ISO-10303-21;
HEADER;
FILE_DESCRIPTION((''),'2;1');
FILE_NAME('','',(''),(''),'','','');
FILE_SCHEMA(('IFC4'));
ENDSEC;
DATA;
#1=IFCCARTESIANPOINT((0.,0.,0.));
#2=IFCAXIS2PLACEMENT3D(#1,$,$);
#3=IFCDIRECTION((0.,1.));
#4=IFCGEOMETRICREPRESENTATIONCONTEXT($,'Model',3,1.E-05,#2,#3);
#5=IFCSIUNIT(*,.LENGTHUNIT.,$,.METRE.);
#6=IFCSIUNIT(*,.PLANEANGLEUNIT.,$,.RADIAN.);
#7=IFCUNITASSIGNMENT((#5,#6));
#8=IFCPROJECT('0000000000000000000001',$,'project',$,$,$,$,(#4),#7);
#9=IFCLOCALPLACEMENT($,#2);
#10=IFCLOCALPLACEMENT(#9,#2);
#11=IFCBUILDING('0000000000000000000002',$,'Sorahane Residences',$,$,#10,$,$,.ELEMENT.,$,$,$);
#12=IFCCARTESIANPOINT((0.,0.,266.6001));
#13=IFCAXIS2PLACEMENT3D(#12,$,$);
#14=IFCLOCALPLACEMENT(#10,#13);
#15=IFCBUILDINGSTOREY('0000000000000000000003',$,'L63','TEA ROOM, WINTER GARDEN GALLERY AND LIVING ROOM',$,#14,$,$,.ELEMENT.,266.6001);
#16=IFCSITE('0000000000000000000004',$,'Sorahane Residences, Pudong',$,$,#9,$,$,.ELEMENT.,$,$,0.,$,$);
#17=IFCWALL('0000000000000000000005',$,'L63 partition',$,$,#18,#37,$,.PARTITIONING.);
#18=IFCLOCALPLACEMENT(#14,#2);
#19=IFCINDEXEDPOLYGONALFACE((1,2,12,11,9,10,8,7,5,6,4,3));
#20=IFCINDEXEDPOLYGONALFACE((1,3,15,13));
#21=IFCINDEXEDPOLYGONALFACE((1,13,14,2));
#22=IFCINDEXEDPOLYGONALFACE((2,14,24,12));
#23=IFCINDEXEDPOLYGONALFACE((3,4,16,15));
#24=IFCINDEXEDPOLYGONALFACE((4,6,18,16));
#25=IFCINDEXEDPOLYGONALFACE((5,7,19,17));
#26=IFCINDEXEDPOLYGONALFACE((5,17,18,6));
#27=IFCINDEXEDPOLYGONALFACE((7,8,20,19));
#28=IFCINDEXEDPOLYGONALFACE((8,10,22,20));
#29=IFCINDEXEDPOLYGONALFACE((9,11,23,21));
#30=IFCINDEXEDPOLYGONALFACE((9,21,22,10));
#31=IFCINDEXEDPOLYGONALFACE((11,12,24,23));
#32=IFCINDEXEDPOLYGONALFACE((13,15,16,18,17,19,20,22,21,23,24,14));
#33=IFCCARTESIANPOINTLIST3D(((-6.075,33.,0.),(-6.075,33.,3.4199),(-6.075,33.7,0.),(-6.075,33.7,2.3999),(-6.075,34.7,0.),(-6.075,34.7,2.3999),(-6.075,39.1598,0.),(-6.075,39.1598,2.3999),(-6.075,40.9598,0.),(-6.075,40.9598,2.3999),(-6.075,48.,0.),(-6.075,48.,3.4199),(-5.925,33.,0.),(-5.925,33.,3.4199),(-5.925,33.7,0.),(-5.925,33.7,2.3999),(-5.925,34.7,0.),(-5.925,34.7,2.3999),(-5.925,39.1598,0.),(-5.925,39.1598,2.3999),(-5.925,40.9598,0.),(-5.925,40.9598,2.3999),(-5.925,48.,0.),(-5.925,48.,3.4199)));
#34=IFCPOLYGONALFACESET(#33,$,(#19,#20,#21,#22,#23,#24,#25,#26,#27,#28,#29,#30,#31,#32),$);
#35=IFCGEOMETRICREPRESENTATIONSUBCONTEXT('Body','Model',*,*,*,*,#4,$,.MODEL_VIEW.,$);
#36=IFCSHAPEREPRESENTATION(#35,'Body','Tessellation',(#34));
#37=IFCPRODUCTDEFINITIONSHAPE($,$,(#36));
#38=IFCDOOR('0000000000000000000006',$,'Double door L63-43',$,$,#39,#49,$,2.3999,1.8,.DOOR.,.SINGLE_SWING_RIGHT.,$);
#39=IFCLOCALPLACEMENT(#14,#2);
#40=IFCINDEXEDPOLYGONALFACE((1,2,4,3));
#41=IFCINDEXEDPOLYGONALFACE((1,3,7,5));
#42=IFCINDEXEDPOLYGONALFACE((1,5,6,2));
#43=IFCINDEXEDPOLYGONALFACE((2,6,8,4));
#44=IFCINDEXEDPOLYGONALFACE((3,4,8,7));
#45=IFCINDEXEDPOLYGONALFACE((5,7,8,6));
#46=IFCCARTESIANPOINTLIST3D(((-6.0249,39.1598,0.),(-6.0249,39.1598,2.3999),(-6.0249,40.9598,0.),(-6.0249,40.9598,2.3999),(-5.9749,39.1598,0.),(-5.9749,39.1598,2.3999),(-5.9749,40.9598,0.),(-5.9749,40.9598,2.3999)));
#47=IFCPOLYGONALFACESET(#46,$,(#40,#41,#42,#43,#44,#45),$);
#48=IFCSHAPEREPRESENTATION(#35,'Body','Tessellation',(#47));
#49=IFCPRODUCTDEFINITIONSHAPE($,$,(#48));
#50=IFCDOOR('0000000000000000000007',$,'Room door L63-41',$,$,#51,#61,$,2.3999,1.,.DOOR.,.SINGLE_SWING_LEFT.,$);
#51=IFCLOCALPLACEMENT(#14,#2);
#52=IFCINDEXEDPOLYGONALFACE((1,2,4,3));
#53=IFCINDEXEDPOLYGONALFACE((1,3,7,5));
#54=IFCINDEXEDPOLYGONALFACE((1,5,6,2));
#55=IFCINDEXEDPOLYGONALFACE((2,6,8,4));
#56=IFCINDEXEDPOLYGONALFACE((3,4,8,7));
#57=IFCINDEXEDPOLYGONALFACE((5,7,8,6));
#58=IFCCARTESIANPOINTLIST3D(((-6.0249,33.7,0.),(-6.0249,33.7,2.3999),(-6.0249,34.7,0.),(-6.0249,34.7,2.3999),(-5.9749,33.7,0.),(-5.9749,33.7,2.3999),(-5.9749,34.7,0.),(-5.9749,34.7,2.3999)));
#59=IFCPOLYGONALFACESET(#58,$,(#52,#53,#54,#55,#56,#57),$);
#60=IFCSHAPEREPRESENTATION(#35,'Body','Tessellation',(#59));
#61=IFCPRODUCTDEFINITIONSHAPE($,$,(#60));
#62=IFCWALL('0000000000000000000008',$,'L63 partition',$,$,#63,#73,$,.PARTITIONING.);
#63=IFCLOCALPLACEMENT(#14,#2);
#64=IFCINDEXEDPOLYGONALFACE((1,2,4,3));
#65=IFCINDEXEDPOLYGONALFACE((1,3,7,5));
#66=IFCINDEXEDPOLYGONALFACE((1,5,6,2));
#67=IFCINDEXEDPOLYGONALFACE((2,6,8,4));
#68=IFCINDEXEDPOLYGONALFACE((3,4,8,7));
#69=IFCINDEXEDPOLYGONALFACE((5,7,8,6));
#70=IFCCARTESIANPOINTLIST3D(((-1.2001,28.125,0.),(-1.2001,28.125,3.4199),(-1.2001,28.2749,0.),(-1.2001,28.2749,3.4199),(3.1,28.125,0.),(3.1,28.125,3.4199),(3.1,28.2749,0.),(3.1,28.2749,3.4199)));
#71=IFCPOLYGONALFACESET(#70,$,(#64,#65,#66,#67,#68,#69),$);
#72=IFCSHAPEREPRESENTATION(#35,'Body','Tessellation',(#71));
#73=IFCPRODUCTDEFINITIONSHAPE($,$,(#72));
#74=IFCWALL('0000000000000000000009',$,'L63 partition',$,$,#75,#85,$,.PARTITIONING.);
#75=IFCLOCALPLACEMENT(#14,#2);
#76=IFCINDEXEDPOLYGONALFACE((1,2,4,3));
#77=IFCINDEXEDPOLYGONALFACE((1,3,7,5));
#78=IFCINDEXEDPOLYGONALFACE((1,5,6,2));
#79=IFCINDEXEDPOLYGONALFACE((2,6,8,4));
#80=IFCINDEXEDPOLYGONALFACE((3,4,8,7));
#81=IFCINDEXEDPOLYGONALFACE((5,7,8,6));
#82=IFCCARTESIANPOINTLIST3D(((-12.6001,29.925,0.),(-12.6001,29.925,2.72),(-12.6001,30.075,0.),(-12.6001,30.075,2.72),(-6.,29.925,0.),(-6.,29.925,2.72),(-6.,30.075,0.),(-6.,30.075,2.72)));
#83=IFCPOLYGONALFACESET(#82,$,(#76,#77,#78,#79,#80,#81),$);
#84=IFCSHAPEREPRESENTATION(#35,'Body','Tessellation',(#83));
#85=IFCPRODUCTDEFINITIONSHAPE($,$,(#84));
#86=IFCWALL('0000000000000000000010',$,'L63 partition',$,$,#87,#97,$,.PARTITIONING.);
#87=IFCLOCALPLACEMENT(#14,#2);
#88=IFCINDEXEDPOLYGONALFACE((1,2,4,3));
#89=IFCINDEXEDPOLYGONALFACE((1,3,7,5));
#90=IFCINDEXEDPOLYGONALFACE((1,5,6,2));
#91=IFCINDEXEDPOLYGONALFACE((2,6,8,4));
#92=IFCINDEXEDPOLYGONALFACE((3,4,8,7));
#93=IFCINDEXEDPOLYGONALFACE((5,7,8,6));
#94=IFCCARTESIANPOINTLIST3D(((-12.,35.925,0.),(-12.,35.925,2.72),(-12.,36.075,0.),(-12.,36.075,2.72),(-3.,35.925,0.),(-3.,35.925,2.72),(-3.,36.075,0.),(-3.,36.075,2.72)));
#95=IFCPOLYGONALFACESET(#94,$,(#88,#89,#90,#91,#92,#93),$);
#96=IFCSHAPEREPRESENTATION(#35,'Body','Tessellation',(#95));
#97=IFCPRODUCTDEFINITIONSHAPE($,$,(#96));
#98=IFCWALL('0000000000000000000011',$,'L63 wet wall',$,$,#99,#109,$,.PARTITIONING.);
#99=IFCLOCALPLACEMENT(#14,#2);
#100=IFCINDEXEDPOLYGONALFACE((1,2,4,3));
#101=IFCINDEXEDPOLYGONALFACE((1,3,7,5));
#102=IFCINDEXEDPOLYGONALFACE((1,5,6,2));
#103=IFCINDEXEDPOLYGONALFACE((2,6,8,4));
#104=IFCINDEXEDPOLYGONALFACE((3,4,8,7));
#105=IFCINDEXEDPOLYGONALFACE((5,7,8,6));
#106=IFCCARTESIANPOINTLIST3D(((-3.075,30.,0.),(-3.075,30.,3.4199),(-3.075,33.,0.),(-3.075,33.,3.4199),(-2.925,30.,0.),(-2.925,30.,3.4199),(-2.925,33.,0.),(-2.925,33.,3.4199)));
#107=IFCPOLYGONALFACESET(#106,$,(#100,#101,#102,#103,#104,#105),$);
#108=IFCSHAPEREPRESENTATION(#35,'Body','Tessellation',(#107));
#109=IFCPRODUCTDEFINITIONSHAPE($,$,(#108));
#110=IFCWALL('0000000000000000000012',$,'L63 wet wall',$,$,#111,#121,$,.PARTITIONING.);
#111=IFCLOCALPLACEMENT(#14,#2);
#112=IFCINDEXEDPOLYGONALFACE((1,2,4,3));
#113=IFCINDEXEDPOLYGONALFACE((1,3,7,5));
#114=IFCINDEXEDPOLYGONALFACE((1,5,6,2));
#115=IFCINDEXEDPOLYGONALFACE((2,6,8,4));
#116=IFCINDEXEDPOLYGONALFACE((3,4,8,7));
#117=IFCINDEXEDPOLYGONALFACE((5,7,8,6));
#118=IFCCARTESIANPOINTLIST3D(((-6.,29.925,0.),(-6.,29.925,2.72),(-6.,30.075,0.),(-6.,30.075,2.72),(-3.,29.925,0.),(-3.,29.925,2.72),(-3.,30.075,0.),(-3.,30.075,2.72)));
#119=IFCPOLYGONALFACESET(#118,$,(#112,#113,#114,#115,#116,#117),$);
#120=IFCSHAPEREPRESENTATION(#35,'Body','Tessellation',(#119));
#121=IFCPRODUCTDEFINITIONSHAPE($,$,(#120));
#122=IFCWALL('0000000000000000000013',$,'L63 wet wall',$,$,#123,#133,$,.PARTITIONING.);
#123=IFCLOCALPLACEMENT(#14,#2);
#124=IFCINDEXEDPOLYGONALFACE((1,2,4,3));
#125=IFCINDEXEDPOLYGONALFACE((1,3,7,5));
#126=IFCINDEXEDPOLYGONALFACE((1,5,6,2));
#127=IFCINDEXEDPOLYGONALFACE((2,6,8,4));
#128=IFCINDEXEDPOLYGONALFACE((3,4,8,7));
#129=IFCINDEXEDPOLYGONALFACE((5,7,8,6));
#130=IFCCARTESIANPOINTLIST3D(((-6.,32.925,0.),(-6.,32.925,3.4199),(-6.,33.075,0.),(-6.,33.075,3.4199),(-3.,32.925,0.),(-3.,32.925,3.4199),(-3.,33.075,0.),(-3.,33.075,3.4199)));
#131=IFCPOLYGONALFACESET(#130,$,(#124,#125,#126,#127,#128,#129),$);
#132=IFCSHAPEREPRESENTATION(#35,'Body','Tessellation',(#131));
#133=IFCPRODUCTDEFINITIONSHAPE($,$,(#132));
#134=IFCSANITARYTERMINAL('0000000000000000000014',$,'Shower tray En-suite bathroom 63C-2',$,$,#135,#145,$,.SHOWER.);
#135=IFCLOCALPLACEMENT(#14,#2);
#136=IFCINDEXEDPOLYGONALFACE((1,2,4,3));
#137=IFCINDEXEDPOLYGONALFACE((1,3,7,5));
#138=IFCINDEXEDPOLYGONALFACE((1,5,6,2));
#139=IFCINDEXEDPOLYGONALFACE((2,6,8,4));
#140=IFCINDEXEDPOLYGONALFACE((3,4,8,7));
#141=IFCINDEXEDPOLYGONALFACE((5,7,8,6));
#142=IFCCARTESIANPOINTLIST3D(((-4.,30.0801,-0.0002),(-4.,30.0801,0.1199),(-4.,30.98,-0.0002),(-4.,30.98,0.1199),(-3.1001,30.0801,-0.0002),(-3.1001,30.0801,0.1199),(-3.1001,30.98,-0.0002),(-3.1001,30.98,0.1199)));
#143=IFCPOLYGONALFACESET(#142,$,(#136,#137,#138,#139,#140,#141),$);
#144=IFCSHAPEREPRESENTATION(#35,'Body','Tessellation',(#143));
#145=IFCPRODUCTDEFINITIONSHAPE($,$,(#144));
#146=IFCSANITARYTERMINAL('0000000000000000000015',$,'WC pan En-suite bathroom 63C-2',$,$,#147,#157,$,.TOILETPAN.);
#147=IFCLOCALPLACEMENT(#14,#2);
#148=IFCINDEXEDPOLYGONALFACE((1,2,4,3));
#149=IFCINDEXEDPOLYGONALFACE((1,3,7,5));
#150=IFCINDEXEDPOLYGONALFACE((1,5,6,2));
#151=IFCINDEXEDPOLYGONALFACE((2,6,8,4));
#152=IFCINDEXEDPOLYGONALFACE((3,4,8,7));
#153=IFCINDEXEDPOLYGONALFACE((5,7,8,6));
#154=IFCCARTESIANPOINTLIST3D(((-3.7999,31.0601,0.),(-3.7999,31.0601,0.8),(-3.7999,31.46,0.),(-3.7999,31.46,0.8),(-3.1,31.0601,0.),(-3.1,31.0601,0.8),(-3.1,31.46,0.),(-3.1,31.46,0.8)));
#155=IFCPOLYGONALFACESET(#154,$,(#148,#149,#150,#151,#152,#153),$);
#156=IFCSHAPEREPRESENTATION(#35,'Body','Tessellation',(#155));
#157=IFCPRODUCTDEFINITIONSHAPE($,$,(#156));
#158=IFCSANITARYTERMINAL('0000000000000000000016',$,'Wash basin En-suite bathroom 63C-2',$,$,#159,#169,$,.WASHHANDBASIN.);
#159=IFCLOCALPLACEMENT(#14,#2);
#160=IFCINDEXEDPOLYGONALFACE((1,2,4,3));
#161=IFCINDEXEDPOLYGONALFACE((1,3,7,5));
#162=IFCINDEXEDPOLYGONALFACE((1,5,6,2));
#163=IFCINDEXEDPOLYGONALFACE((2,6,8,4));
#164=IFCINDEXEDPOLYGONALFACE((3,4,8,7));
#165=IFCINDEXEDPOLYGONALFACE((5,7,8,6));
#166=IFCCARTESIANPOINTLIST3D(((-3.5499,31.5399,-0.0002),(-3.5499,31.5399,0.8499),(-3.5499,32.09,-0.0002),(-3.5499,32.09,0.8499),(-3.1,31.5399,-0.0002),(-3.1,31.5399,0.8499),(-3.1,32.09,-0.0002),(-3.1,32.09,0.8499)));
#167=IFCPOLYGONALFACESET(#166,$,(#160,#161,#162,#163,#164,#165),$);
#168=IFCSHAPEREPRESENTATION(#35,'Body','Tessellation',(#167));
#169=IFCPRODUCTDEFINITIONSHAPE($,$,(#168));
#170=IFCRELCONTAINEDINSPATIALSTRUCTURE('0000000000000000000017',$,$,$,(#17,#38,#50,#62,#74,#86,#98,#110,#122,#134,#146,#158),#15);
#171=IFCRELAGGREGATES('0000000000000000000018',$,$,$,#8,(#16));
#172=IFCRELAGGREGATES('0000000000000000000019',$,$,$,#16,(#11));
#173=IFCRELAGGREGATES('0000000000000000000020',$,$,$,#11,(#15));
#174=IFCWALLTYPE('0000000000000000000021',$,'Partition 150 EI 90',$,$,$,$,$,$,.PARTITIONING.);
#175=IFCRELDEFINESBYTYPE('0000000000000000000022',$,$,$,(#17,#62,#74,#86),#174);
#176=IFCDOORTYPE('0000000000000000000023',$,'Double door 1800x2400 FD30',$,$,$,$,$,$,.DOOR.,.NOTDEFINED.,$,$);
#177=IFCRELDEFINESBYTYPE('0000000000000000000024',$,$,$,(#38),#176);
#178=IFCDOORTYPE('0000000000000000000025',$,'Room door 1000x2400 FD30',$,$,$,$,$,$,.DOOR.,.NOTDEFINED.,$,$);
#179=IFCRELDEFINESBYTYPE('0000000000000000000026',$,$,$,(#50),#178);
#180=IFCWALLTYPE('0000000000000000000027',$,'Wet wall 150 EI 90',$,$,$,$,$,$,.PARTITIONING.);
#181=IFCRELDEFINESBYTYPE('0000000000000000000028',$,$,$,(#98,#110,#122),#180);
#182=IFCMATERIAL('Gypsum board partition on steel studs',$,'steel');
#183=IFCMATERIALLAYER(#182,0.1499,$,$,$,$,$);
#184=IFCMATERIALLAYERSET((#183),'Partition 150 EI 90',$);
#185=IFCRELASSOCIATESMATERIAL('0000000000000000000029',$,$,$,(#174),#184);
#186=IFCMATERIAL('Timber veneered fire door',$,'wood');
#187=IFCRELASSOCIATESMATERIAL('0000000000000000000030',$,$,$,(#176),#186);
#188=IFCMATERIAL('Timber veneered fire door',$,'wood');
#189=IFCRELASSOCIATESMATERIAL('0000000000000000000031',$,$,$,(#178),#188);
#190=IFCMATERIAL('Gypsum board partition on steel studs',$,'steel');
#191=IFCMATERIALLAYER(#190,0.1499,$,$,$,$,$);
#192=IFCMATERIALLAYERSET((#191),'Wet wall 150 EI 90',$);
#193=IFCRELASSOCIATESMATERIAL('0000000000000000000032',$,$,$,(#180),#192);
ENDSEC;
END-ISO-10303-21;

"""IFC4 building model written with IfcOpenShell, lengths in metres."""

from ifc_helpers import new_model, si_unit, direction, frame, frame_2d, origin, origin_2d, place, context, subcontext, project, spatial, rectangle, extrude, material, layer, layer_set, type_object, element, fill, save


model = new_model("IFC4")

# Units and contexts
model_context = context("Model", 3, precision=1e-05, world=origin(), true_north=direction((0.0, 1.0)))
body_context = subcontext(model_context, "Body", "Model", "MODEL_VIEW")
ifc_project = project(units=[si_unit("LENGTHUNIT", "METRE"), si_unit("PLANEANGLEUNIT", "RADIAN")], contexts=[model_context])

# Site, building, storey
site_placement = place(None, origin())
site = spatial("IfcSite", under=ifc_project, at=site_placement, Name="Sorahane Residences, Pudong", CompositionType="ELEMENT", RefElevation=0.0)
building_placement = place(site_placement, origin())
building = spatial("IfcBuilding", under=site, at=building_placement, Name="Sorahane Residences", CompositionType="ELEMENT")
storey_placement = place(building_placement, frame((0.0, 0.0, 266.6001)))
storey = spatial("IfcBuildingStorey", under=building, at=storey_placement, Name="L63", Description="TEA ROOM, WINTER GARDEN GALLERY AND LIVING ROOM", CompositionType="ELEMENT", Elevation=266.6001)

# Wall, openings, doors
ifc_material_1 = material(Name="Gypsum board partition on steel studs", Category="steel")
ifc_layer_1 = layer(ifc_material_1, 0.1499)
ifc_layer_set_1 = layer_set([ifc_layer_1], Name="Partition 150 EI 90")
wall_type_1 = type_object("IfcWallType", Name="Partition 150 EI 90", PredefinedType="PARTITIONING", material=ifc_layer_set_1)
ifc_material_2 = material(Name="Timber veneered fire door", Category="wood")
door_type_1 = type_object("IfcDoorType", Name="Double door 1800x2400 FD30", OperationType="NOTDEFINED", PredefinedType="DOOR", material=ifc_material_2)
ifc_material_3 = material(Name="Timber veneered fire door", Category="wood")
door_type_2 = type_object("IfcDoorType", Name="Room door 1000x2400 FD30", OperationType="NOTDEFINED", PredefinedType="DOOR", material=ifc_material_3)
wall_1_placement = place(storey_placement, frame((-6.0, 33.0, 0.0), z_axis=(0.0, 0.0, 1.0), x_axis=(0.0, 1.0, 0.0)))
wall_1 = element("IfcWall", 1, at=wall_1_placement, inside=storey, type_object=wall_type_1, Name="L63 partition", PredefinedType="PARTITIONING", context=body_context, shape_type="SweptSolid", body=[
    extrude(rectangle(XDim=15.0, YDim=0.1499, at=frame_2d((7.5, 0.0))), origin(), (0.0, 0.0, 1.0), 3.4199),
])
opening_1_placement = place(wall_1_placement, frame((0.7, 0.0, 0.0)))
opening_1 = element("IfcOpeningElement", 2, at=opening_1_placement, cuts=wall_1, PredefinedType="OPENING", context=body_context, shape_type="SweptSolid", body=[
    extrude(rectangle(XDim=1.0, YDim=2.3999, at=frame_2d((0.5, 1.2))), frame((0.0, 0.085, 0.0), z_axis=(0.0, -1.0, 0.0), x_axis=(1.0, 0.0, 0.0)), (0.0, 0.0, 1.0), 0.1699),
])
opening_2_placement = place(wall_1_placement, frame((6.1599, 0.0, 0.0)))
opening_2 = element("IfcOpeningElement", 3, at=opening_2_placement, cuts=wall_1, PredefinedType="OPENING", context=body_context, shape_type="SweptSolid", body=[
    extrude(rectangle(XDim=1.8, YDim=2.3999, at=frame_2d((0.8999, 1.2))), frame((0.0, 0.085, 0.0), z_axis=(0.0, -1.0, 0.0), x_axis=(1.0, 0.0, 0.0)), (0.0, 0.0, 1.0), 0.1699),
])
door_1_placement = place(opening_2_placement, origin())
door_1 = element("IfcDoor", 4, at=door_1_placement, inside=storey, type_object=door_type_1, Name="Double door L63-43", OperationType="SINGLE_SWING_RIGHT", OverallHeight=2.3999, OverallWidth=1.8, PredefinedType="DOOR", context=body_context, shape_type="SweptSolid", body=[
    extrude(rectangle(XDim=1.8, YDim=2.3999, at=frame_2d((0.8999, 1.2))), frame((0.0, 0.0249, 0.0), z_axis=(0.0, -1.0, 0.0), x_axis=(1.0, 0.0, 0.0)), (0.0, 0.0, 1.0), 0.05),
])
fill(opening_2, door_1)
door_2_placement = place(opening_1_placement, origin())
door_2 = element("IfcDoor", 5, at=door_2_placement, inside=storey, type_object=door_type_2, Name="Room door L63-41", OperationType="SINGLE_SWING_LEFT", OverallHeight=2.3999, OverallWidth=1.0, PredefinedType="DOOR", context=body_context, shape_type="SweptSolid", body=[
    extrude(rectangle(XDim=1.0, YDim=2.3999, at=frame_2d((0.5, 1.2))), frame((0.0, 0.0249, 0.0), z_axis=(0.0, -1.0, 0.0), x_axis=(1.0, 0.0, 0.0)), (0.0, 0.0, 1.0), 0.05),
])
fill(opening_1, door_2)

# Walls
wall_2_placement = place(storey_placement, frame((-1.2, 28.2, 0.0), z_axis=(0.0, 0.0, 1.0), x_axis=(1.0, 0.0, 0.0)))
element("IfcWall", 6, at=wall_2_placement, inside=storey, type_object=wall_type_1, Name="L63 partition", PredefinedType="PARTITIONING", context=body_context, shape_type="SweptSolid", body=[
    extrude(rectangle(XDim=4.3, YDim=0.1499, at=frame_2d((2.1499, 0.0))), origin(), (0.0, 0.0, 1.0), 3.4199),
])
wall_3_placement = place(storey_placement, frame((-12.6001, 30.0, 0.0), z_axis=(0.0, 0.0, 1.0), x_axis=(1.0, 0.0, 0.0)))
element("IfcWall", 7, at=wall_3_placement, inside=storey, type_object=wall_type_1, Name="L63 partition", PredefinedType="PARTITIONING", context=body_context, shape_type="SweptSolid", body=[
    extrude(rectangle(XDim=6.6001, YDim=0.1499, at=frame_2d((3.3, 0.0))), origin(), (0.0, 0.0, 1.0), 2.72),
])
wall_4_placement = place(storey_placement, frame((-12.0, 36.0, 0.0), z_axis=(0.0, 0.0, 1.0), x_axis=(1.0, 0.0, 0.0)))
element("IfcWall", 8, at=wall_4_placement, inside=storey, type_object=wall_type_1, Name="L63 partition", PredefinedType="PARTITIONING", context=body_context, shape_type="SweptSolid", body=[
    extrude(rectangle(XDim=9.0, YDim=0.1499, at=frame_2d((4.5, 0.0))), origin(), (0.0, 0.0, 1.0), 2.72),
])
ifc_material_4 = material(Name="Gypsum board partition on steel studs", Category="steel")
ifc_layer_2 = layer(ifc_material_4, 0.1499)
ifc_layer_set_2 = layer_set([ifc_layer_2], Name="Wet wall 150 EI 90")
wall_type_2 = type_object("IfcWallType", Name="Wet wall 150 EI 90", PredefinedType="PARTITIONING", material=ifc_layer_set_2)
wall_5_placement = place(storey_placement, frame((-3.0, 30.0, 0.0), z_axis=(0.0, 0.0, 1.0), x_axis=(0.0, 1.0, 0.0)))
element("IfcWall", 9, at=wall_5_placement, inside=storey, type_object=wall_type_2, Name="L63 wet wall", PredefinedType="PARTITIONING", context=body_context, shape_type="SweptSolid", body=[
    extrude(rectangle(XDim=3.0, YDim=0.1499, at=frame_2d((1.5, 0.0))), origin(), (0.0, 0.0, 1.0), 3.4199),
])

# Walls
wall_6_placement = place(storey_placement, frame((-6.0, 30.0, 0.0), z_axis=(0.0, 0.0, 1.0), x_axis=(1.0, 0.0, 0.0)))
element("IfcWall", 10, at=wall_6_placement, inside=storey, type_object=wall_type_2, Name="L63 wet wall", PredefinedType="PARTITIONING", context=body_context, shape_type="SweptSolid", body=[
    extrude(rectangle(XDim=3.0, YDim=0.1499, at=frame_2d((1.5, 0.0))), origin(), (0.0, 0.0, 1.0), 2.72),
])
wall_7_placement = place(storey_placement, frame((-6.0, 33.0, 0.0), z_axis=(0.0, 0.0, 1.0), x_axis=(1.0, 0.0, 0.0)))
element("IfcWall", 11, at=wall_7_placement, inside=storey, type_object=wall_type_2, Name="L63 wet wall", PredefinedType="PARTITIONING", context=body_context, shape_type="SweptSolid", body=[
    extrude(rectangle(XDim=3.0, YDim=0.1499, at=frame_2d((1.5, 0.0))), origin(), (0.0, 0.0, 1.0), 3.4199),
])

# Sanitary terminals
sanitary_terminal_1_placement = place(storey_placement, frame((-3.55, 30.53, -0.0002), z_axis=(0.0, 0.0, 1.0), x_axis=(0.0, -1.0, 0.0)))
element("IfcSanitaryTerminal", 12, at=sanitary_terminal_1_placement, inside=storey, Name="Shower tray En-suite bathroom 63C-2", PredefinedType="SHOWER", context=body_context, shape_type="SweptSolid", body=[
    extrude(rectangle(XDim=0.8999, YDim=0.8999, at=origin_2d()), origin(), (0.0, 0.0, 1.0), 0.1201),
])
sanitary_terminal_2_placement = place(storey_placement, frame((-3.45, 31.26, 0.0), z_axis=(0.0, 0.0, 1.0), x_axis=(0.0, -1.0, 0.0)))
element("IfcSanitaryTerminal", 13, at=sanitary_terminal_2_placement, inside=storey, Name="WC pan En-suite bathroom 63C-2", PredefinedType="TOILETPAN", context=body_context, shape_type="SweptSolid", body=[
    extrude(rectangle(XDim=0.3999, YDim=0.7, at=origin_2d()), origin(), (0.0, 0.0, 1.0), 0.8),
])
sanitary_terminal_3_placement = place(storey_placement, frame((-3.325, 31.8149, -0.0002), z_axis=(0.0, 0.0, 1.0), x_axis=(0.0, -1.0, 0.0)))
element("IfcSanitaryTerminal", 14, at=sanitary_terminal_3_placement, inside=storey, Name="Wash basin En-suite bathroom 63C-2", PredefinedType="WASHHANDBASIN", context=body_context, shape_type="SweptSolid", body=[
    extrude(rectangle(XDim=0.55, YDim=0.45, at=origin_2d()), origin(), (0.0, 0.0, 1.0), 0.8501),
])

save(model, "model.ifc")
